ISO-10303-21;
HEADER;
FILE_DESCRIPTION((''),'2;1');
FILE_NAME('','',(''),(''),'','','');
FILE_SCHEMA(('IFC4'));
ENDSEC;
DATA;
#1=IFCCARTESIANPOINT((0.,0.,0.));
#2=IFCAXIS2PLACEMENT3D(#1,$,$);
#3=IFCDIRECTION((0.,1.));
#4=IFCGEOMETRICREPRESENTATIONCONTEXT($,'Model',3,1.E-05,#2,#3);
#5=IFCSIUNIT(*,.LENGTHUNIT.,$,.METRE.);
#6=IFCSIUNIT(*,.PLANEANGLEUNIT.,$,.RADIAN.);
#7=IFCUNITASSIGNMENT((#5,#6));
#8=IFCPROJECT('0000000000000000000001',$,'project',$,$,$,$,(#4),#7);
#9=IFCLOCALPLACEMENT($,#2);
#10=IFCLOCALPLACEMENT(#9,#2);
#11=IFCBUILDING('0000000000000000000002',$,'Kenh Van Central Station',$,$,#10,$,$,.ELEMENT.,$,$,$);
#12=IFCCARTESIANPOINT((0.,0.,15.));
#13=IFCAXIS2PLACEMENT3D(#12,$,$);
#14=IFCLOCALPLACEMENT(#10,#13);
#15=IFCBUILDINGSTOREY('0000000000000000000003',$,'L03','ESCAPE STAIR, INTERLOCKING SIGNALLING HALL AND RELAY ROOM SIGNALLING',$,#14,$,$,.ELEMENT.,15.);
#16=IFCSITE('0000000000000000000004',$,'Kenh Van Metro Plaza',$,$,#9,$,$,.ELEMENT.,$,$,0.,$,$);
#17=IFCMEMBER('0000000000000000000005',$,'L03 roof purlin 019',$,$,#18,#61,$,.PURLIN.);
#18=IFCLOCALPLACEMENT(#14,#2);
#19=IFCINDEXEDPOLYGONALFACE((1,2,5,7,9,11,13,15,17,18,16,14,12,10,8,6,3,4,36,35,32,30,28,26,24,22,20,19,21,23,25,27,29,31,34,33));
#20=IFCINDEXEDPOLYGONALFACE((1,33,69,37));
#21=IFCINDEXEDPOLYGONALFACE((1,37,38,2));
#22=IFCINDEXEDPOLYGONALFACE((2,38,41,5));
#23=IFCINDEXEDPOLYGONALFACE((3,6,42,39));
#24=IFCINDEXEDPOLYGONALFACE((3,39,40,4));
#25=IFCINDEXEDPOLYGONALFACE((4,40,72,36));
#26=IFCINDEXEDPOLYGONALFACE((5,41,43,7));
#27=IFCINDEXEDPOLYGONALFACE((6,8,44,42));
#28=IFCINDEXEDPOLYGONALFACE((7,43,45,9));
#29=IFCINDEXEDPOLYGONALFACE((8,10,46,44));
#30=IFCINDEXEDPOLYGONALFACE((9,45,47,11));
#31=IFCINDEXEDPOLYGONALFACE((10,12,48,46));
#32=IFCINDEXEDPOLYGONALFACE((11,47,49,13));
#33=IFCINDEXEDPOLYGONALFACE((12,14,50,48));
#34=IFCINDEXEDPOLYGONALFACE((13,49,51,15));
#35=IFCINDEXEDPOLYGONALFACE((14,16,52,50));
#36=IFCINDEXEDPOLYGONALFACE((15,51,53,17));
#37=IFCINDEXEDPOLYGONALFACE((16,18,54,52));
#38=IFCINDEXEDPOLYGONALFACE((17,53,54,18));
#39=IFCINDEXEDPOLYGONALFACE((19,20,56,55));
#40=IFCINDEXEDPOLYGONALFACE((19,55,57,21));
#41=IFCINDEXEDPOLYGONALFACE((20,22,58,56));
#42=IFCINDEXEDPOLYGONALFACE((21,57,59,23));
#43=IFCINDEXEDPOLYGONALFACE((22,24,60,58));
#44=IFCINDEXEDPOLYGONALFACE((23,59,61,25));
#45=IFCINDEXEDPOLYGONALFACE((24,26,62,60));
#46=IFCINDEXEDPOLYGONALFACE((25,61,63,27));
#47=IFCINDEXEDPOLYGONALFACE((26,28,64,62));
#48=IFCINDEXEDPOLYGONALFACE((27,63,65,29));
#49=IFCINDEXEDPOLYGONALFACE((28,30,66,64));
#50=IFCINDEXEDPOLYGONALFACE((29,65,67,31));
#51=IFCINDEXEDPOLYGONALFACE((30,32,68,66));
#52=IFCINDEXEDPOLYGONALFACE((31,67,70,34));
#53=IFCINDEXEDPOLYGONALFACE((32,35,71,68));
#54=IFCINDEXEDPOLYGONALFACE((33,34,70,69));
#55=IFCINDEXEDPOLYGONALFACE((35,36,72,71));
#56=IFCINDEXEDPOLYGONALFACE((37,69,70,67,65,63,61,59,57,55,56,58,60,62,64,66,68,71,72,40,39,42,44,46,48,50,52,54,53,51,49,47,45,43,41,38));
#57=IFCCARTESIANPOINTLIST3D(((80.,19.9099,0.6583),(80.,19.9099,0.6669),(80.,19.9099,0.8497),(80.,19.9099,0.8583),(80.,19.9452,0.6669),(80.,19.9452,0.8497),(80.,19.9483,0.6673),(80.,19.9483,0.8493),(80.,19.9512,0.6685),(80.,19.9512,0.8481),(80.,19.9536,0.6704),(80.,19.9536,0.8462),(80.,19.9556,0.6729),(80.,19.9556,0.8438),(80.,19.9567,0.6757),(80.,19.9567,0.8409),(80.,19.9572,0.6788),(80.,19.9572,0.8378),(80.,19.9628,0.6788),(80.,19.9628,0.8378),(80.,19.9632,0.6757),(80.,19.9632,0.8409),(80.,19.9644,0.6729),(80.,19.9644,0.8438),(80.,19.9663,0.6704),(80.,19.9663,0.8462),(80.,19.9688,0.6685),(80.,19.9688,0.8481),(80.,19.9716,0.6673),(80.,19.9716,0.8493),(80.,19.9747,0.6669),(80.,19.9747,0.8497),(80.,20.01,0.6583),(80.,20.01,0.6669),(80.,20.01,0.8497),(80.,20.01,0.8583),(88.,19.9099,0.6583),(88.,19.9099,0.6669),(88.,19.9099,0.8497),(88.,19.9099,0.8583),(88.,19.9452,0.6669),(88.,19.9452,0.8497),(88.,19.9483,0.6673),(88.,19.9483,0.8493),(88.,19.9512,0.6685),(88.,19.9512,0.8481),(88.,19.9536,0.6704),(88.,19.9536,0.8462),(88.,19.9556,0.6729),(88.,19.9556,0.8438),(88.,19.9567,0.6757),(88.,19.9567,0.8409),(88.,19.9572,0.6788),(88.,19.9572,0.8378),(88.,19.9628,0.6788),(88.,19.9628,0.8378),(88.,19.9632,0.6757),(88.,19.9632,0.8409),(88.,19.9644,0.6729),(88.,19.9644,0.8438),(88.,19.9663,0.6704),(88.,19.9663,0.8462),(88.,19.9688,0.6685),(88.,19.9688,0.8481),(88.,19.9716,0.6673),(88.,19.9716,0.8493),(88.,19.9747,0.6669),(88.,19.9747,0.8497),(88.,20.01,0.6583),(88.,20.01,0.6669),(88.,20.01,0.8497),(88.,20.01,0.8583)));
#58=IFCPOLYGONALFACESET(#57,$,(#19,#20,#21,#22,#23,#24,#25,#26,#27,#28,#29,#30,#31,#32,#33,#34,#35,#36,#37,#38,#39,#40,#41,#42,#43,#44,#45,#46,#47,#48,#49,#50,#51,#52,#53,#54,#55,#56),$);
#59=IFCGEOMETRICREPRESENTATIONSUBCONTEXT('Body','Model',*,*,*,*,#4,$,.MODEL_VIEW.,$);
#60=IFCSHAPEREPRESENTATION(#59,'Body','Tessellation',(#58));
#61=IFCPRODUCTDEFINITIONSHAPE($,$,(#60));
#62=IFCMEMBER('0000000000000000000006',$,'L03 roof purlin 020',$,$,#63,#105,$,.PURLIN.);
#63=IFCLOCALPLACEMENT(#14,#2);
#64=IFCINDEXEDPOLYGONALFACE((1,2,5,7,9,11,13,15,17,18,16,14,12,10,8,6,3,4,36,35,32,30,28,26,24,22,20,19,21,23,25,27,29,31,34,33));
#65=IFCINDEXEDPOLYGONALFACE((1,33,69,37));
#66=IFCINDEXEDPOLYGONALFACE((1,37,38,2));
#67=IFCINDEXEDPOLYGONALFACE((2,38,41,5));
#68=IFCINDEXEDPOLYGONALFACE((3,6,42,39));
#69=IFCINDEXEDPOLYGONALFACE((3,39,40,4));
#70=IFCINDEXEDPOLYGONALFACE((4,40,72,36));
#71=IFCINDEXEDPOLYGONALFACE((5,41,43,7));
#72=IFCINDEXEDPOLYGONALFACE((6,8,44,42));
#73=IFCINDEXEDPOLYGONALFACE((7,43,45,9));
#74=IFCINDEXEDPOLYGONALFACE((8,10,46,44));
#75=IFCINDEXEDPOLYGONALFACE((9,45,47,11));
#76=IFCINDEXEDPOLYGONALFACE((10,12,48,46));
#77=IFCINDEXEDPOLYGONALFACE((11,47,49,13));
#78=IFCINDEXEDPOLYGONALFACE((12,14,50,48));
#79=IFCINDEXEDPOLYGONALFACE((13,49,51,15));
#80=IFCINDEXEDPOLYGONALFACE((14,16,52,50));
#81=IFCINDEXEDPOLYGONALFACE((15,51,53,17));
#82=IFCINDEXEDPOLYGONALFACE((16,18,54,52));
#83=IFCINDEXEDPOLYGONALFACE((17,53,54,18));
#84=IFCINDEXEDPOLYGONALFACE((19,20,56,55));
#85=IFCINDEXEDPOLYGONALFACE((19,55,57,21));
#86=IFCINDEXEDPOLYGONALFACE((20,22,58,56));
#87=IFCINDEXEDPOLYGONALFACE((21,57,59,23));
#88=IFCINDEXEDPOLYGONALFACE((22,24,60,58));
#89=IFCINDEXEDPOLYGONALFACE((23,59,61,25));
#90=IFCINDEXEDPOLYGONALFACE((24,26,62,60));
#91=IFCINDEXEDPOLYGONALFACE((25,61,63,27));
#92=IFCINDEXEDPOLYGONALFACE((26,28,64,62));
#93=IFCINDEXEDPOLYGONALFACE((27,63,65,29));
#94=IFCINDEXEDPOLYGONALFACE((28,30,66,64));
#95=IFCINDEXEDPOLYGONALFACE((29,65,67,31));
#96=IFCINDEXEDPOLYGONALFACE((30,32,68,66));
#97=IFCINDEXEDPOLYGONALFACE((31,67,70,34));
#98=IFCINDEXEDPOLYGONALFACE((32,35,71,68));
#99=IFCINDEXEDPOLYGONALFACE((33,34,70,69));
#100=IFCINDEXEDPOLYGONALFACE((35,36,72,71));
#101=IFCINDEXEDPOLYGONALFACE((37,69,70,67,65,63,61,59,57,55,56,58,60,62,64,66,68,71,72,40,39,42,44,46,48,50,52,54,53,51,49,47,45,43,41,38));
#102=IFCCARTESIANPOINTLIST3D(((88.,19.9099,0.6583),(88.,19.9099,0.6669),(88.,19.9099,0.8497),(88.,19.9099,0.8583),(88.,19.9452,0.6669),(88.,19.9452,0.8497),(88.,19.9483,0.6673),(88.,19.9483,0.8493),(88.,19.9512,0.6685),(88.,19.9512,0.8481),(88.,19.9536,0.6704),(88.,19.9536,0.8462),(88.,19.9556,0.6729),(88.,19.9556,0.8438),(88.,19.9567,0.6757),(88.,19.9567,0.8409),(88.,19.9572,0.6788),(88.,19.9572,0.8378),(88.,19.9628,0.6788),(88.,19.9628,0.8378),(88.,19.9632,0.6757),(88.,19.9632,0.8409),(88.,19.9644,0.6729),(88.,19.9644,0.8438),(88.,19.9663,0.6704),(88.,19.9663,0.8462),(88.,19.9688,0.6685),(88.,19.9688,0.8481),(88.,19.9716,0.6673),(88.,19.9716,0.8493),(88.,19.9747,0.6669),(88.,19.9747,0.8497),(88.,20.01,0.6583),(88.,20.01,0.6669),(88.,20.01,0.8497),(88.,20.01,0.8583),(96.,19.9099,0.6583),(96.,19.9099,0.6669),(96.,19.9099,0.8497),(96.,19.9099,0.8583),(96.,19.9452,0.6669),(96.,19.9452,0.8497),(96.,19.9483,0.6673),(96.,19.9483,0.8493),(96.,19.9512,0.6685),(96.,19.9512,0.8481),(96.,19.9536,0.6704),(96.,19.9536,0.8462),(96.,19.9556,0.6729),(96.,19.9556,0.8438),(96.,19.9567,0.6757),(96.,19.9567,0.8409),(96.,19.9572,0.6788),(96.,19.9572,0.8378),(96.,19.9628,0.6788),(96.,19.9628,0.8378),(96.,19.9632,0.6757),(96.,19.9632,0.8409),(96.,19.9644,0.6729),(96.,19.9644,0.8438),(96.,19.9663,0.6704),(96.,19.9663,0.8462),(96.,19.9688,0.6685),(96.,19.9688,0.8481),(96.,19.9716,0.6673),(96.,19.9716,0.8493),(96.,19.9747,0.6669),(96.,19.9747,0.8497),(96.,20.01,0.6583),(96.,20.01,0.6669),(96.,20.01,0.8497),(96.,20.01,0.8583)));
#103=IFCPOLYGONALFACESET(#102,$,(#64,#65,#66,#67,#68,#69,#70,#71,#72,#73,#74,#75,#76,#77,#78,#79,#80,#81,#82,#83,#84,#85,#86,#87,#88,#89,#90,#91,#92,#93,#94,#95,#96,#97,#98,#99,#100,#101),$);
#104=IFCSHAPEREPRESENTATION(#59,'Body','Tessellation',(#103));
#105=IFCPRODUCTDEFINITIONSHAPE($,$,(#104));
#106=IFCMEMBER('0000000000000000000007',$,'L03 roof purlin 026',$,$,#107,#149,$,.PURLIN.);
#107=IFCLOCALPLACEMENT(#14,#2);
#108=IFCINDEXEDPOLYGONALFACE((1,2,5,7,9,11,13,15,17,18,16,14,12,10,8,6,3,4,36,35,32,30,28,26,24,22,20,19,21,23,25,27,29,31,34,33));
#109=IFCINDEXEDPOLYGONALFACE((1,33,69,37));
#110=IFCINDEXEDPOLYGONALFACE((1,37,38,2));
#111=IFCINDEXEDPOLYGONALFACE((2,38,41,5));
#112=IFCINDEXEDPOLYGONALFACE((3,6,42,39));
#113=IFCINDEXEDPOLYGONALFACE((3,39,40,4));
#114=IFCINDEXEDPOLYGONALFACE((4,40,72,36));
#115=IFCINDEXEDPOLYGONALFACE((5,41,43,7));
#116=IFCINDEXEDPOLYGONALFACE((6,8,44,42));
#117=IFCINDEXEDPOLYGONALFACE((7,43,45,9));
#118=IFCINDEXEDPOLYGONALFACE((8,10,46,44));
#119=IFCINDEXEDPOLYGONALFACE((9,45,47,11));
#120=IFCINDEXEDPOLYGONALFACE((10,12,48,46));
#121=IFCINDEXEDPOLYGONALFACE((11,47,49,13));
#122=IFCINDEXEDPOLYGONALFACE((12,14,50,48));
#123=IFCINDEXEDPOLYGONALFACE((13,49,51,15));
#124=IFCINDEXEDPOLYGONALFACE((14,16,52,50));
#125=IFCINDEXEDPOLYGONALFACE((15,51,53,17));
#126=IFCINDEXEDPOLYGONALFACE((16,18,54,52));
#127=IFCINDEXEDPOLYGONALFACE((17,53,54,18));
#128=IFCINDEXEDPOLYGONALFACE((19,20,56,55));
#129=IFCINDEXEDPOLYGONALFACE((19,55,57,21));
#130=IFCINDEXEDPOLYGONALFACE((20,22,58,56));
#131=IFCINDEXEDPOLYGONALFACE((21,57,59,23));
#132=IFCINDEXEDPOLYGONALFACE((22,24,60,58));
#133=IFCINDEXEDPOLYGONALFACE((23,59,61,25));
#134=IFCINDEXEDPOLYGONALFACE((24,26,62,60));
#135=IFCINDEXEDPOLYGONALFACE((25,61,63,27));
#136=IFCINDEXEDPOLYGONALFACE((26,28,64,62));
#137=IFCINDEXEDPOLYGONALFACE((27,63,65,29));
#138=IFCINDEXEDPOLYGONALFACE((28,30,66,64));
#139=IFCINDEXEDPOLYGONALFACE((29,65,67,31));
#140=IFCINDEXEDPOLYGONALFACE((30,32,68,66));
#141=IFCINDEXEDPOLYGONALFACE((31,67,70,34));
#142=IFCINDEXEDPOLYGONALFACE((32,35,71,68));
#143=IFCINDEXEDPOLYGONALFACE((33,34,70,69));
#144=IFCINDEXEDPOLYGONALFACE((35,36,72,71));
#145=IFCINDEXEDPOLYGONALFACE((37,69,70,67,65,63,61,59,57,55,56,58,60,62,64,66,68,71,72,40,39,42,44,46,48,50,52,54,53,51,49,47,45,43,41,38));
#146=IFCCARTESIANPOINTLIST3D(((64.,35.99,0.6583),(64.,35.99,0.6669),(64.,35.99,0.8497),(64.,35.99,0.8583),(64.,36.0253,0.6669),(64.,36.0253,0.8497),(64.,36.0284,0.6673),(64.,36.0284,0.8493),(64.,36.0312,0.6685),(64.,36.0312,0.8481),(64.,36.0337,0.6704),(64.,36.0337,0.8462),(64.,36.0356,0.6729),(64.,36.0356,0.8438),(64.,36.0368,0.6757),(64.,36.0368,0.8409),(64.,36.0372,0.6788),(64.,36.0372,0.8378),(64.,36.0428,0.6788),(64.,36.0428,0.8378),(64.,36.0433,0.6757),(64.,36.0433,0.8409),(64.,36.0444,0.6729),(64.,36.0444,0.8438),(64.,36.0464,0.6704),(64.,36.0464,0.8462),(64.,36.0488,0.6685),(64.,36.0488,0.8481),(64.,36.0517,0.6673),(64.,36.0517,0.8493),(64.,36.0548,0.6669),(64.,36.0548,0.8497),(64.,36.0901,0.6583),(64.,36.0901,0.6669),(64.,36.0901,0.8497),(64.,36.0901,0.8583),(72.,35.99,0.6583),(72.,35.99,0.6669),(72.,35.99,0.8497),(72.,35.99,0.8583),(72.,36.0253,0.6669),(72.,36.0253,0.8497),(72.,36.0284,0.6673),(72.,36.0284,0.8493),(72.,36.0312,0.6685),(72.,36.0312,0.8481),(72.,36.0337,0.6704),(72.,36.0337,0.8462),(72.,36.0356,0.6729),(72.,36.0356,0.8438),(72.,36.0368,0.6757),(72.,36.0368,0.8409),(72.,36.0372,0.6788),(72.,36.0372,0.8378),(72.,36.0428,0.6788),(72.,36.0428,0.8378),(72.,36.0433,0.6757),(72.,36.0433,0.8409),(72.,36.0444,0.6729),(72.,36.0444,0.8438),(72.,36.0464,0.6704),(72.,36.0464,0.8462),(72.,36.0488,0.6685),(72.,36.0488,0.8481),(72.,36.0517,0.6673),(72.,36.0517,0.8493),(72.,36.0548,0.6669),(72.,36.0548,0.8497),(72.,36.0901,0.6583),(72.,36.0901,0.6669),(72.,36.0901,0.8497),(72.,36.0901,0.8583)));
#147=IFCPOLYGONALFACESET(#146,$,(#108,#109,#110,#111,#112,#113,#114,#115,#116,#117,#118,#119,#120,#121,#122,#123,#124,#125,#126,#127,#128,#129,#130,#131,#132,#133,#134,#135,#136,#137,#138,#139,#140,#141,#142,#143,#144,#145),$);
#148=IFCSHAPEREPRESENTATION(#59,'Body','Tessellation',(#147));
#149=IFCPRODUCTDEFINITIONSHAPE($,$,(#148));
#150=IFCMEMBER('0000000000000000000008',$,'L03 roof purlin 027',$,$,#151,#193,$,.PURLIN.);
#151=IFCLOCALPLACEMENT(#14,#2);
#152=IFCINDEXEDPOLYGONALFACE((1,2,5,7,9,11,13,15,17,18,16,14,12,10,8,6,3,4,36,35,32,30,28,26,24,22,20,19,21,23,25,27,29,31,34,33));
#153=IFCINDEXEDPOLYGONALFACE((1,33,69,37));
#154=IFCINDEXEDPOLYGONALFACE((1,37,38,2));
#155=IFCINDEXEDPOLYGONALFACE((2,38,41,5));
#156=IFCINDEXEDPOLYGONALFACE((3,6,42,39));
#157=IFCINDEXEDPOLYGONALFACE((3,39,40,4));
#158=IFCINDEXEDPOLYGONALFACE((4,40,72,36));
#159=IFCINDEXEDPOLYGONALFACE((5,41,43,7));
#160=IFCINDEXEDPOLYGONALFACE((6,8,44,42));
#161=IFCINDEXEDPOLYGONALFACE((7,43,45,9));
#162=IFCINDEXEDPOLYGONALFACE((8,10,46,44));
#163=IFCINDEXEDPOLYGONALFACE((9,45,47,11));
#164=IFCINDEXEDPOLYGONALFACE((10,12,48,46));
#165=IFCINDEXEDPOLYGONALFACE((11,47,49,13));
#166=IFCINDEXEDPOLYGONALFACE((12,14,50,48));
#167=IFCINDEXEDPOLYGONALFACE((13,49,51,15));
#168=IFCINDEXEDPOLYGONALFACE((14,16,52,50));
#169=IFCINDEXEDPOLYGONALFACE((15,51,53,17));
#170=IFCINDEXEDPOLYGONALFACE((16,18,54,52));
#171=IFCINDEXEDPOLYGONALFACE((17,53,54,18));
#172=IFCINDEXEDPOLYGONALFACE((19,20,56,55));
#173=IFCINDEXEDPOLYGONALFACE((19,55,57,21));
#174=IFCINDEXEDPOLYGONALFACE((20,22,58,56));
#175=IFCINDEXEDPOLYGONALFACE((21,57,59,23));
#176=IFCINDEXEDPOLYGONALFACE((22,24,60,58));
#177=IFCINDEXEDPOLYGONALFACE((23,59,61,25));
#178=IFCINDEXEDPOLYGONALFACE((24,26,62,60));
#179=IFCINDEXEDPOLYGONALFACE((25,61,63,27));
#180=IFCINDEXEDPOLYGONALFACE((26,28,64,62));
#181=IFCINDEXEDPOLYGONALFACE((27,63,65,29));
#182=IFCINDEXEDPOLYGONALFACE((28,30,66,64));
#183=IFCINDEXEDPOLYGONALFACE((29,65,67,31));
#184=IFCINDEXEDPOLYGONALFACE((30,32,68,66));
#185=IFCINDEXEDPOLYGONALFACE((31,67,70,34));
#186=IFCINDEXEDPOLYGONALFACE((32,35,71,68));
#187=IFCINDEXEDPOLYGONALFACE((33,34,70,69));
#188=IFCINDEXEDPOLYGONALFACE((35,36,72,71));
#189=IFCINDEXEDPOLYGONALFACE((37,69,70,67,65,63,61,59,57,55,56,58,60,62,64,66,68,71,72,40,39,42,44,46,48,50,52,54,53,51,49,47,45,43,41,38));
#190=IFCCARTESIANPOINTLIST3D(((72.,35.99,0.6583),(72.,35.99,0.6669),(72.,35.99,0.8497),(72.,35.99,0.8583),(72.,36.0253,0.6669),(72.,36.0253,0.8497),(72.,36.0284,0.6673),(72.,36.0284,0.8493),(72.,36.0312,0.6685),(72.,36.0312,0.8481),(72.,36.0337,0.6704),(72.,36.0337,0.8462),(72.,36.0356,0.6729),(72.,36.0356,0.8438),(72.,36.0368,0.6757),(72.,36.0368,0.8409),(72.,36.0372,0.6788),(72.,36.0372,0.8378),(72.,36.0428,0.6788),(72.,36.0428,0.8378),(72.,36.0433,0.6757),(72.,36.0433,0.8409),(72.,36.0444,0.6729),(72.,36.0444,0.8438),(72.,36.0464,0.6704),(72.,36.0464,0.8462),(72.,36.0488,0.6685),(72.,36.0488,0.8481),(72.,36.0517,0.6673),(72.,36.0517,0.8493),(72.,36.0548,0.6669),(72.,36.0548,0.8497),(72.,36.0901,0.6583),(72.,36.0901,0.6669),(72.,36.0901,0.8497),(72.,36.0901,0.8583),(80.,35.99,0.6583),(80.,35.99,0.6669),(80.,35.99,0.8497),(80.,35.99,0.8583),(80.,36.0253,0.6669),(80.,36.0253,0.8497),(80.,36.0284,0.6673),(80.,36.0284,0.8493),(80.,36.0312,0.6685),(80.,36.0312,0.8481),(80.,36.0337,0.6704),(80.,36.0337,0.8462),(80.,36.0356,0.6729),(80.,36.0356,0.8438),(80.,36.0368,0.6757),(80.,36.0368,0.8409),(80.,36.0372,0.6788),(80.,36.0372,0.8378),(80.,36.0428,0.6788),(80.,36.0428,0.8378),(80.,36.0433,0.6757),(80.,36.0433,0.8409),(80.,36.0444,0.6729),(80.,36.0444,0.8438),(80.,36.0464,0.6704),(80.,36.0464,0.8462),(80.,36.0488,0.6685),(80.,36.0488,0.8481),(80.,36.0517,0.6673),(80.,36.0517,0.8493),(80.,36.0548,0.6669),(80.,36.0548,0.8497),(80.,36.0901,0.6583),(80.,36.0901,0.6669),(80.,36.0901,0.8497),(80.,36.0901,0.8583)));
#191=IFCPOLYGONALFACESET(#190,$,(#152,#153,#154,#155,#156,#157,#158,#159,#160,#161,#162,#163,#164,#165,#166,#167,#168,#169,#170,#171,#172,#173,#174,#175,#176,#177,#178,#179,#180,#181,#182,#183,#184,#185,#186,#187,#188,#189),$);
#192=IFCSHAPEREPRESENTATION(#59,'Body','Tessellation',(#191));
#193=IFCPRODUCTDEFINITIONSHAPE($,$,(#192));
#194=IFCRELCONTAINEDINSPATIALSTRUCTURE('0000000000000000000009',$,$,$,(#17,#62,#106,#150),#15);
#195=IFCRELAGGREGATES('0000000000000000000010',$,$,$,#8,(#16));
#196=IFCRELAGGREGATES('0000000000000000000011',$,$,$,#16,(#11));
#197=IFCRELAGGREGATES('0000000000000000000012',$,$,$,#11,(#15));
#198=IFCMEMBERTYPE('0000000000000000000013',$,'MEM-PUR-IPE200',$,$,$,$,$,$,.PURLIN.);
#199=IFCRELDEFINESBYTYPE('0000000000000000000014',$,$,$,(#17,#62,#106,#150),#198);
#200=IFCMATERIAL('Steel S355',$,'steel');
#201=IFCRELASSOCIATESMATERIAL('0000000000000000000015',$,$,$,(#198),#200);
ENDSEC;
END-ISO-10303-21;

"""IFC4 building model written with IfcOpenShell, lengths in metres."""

from ifc_helpers import new_model, si_unit, direction, frame, origin, origin_2d, place, context, subcontext, project, spatial, i_section, extrude, material, material_profile, profile_set, type_object, element, save


model = new_model("IFC4")

# Units and contexts
model_context = context("Model", 3, precision=1e-05, world=origin(), true_north=direction((0.0, 1.0)))
body_context = subcontext(model_context, "Body", "Model", "MODEL_VIEW")
ifc_project = project(units=[si_unit("LENGTHUNIT", "METRE"), si_unit("PLANEANGLEUNIT", "RADIAN")], contexts=[model_context])

# Site, building, storey
site_placement = place(None, origin())
site = spatial("IfcSite", under=ifc_project, at=site_placement, Name="Kenh Van Metro Plaza", CompositionType="ELEMENT", RefElevation=0.0)
building_placement = place(site_placement, origin())
building = spatial("IfcBuilding", under=site, at=building_placement, Name="Kenh Van Central Station", CompositionType="ELEMENT")
storey_placement = place(building_placement, frame((0.0, 0.0, 15.0)))
storey = spatial("IfcBuildingStorey", under=building, at=storey_placement, Name="L03", Description="ESCAPE STAIR, INTERLOCKING SIGNALLING HALL AND RELAY ROOM SIGNALLING", CompositionType="ELEMENT", Elevation=15.0)

# Shared definitions
ifc_material_1 = material(Name="Steel S355", Category="steel")

# Members
ifc_material_profile_1 = material_profile(ifc_material_1, i_section(OverallWidth=0.1001, OverallDepth=0.2, WebThickness=0.0056, FlangeThickness=0.0085, FilletRadius=0.012, at=origin_2d()), Name="IPE 200")
ifc_profile_set_1 = profile_set([ifc_material_profile_1], Name="Steel S355")
member_type_1 = type_object("IfcMemberType", Name="MEM-PUR-IPE200", PredefinedType="PURLIN", material=ifc_profile_set_1)
for number, where, z_axis, x_axis, name in (
    (1, (80.0, 19.96, 0.7583), (1.0, 0.0, 0.0), (0.0, 1.0, 0.0), "L03 roof purlin 019"),
    (2, (88.0, 19.96, 0.7583), (1.0, 0.0, 0.0), (0.0, 1.0, 0.0), "L03 roof purlin 020"),
    (3, (64.0, 36.04, 0.7583), (1.0, 0.0, 0.0), (0.0, 1.0, 0.0), "L03 roof purlin 026"),
    (4, (72.0, 36.04, 0.7583), (1.0, 0.0, 0.0), (0.0, 1.0, 0.0), "L03 roof purlin 027"),
):
    element("IfcMember", number, at=place(storey_placement, frame(where, z_axis=z_axis, x_axis=x_axis)), inside=storey, type_object=member_type_1, Name=name, PredefinedType="PURLIN", context=body_context, shape_type="SweptSolid", body=[
        extrude(i_section(OverallWidth=0.1001, OverallDepth=0.2, WebThickness=0.0056, FlangeThickness=0.0085, FilletRadius=0.012, at=origin_2d()), origin(), (0.0, 0.0, 1.0), 8.0),
    ])

save(model, "model.ifc")
